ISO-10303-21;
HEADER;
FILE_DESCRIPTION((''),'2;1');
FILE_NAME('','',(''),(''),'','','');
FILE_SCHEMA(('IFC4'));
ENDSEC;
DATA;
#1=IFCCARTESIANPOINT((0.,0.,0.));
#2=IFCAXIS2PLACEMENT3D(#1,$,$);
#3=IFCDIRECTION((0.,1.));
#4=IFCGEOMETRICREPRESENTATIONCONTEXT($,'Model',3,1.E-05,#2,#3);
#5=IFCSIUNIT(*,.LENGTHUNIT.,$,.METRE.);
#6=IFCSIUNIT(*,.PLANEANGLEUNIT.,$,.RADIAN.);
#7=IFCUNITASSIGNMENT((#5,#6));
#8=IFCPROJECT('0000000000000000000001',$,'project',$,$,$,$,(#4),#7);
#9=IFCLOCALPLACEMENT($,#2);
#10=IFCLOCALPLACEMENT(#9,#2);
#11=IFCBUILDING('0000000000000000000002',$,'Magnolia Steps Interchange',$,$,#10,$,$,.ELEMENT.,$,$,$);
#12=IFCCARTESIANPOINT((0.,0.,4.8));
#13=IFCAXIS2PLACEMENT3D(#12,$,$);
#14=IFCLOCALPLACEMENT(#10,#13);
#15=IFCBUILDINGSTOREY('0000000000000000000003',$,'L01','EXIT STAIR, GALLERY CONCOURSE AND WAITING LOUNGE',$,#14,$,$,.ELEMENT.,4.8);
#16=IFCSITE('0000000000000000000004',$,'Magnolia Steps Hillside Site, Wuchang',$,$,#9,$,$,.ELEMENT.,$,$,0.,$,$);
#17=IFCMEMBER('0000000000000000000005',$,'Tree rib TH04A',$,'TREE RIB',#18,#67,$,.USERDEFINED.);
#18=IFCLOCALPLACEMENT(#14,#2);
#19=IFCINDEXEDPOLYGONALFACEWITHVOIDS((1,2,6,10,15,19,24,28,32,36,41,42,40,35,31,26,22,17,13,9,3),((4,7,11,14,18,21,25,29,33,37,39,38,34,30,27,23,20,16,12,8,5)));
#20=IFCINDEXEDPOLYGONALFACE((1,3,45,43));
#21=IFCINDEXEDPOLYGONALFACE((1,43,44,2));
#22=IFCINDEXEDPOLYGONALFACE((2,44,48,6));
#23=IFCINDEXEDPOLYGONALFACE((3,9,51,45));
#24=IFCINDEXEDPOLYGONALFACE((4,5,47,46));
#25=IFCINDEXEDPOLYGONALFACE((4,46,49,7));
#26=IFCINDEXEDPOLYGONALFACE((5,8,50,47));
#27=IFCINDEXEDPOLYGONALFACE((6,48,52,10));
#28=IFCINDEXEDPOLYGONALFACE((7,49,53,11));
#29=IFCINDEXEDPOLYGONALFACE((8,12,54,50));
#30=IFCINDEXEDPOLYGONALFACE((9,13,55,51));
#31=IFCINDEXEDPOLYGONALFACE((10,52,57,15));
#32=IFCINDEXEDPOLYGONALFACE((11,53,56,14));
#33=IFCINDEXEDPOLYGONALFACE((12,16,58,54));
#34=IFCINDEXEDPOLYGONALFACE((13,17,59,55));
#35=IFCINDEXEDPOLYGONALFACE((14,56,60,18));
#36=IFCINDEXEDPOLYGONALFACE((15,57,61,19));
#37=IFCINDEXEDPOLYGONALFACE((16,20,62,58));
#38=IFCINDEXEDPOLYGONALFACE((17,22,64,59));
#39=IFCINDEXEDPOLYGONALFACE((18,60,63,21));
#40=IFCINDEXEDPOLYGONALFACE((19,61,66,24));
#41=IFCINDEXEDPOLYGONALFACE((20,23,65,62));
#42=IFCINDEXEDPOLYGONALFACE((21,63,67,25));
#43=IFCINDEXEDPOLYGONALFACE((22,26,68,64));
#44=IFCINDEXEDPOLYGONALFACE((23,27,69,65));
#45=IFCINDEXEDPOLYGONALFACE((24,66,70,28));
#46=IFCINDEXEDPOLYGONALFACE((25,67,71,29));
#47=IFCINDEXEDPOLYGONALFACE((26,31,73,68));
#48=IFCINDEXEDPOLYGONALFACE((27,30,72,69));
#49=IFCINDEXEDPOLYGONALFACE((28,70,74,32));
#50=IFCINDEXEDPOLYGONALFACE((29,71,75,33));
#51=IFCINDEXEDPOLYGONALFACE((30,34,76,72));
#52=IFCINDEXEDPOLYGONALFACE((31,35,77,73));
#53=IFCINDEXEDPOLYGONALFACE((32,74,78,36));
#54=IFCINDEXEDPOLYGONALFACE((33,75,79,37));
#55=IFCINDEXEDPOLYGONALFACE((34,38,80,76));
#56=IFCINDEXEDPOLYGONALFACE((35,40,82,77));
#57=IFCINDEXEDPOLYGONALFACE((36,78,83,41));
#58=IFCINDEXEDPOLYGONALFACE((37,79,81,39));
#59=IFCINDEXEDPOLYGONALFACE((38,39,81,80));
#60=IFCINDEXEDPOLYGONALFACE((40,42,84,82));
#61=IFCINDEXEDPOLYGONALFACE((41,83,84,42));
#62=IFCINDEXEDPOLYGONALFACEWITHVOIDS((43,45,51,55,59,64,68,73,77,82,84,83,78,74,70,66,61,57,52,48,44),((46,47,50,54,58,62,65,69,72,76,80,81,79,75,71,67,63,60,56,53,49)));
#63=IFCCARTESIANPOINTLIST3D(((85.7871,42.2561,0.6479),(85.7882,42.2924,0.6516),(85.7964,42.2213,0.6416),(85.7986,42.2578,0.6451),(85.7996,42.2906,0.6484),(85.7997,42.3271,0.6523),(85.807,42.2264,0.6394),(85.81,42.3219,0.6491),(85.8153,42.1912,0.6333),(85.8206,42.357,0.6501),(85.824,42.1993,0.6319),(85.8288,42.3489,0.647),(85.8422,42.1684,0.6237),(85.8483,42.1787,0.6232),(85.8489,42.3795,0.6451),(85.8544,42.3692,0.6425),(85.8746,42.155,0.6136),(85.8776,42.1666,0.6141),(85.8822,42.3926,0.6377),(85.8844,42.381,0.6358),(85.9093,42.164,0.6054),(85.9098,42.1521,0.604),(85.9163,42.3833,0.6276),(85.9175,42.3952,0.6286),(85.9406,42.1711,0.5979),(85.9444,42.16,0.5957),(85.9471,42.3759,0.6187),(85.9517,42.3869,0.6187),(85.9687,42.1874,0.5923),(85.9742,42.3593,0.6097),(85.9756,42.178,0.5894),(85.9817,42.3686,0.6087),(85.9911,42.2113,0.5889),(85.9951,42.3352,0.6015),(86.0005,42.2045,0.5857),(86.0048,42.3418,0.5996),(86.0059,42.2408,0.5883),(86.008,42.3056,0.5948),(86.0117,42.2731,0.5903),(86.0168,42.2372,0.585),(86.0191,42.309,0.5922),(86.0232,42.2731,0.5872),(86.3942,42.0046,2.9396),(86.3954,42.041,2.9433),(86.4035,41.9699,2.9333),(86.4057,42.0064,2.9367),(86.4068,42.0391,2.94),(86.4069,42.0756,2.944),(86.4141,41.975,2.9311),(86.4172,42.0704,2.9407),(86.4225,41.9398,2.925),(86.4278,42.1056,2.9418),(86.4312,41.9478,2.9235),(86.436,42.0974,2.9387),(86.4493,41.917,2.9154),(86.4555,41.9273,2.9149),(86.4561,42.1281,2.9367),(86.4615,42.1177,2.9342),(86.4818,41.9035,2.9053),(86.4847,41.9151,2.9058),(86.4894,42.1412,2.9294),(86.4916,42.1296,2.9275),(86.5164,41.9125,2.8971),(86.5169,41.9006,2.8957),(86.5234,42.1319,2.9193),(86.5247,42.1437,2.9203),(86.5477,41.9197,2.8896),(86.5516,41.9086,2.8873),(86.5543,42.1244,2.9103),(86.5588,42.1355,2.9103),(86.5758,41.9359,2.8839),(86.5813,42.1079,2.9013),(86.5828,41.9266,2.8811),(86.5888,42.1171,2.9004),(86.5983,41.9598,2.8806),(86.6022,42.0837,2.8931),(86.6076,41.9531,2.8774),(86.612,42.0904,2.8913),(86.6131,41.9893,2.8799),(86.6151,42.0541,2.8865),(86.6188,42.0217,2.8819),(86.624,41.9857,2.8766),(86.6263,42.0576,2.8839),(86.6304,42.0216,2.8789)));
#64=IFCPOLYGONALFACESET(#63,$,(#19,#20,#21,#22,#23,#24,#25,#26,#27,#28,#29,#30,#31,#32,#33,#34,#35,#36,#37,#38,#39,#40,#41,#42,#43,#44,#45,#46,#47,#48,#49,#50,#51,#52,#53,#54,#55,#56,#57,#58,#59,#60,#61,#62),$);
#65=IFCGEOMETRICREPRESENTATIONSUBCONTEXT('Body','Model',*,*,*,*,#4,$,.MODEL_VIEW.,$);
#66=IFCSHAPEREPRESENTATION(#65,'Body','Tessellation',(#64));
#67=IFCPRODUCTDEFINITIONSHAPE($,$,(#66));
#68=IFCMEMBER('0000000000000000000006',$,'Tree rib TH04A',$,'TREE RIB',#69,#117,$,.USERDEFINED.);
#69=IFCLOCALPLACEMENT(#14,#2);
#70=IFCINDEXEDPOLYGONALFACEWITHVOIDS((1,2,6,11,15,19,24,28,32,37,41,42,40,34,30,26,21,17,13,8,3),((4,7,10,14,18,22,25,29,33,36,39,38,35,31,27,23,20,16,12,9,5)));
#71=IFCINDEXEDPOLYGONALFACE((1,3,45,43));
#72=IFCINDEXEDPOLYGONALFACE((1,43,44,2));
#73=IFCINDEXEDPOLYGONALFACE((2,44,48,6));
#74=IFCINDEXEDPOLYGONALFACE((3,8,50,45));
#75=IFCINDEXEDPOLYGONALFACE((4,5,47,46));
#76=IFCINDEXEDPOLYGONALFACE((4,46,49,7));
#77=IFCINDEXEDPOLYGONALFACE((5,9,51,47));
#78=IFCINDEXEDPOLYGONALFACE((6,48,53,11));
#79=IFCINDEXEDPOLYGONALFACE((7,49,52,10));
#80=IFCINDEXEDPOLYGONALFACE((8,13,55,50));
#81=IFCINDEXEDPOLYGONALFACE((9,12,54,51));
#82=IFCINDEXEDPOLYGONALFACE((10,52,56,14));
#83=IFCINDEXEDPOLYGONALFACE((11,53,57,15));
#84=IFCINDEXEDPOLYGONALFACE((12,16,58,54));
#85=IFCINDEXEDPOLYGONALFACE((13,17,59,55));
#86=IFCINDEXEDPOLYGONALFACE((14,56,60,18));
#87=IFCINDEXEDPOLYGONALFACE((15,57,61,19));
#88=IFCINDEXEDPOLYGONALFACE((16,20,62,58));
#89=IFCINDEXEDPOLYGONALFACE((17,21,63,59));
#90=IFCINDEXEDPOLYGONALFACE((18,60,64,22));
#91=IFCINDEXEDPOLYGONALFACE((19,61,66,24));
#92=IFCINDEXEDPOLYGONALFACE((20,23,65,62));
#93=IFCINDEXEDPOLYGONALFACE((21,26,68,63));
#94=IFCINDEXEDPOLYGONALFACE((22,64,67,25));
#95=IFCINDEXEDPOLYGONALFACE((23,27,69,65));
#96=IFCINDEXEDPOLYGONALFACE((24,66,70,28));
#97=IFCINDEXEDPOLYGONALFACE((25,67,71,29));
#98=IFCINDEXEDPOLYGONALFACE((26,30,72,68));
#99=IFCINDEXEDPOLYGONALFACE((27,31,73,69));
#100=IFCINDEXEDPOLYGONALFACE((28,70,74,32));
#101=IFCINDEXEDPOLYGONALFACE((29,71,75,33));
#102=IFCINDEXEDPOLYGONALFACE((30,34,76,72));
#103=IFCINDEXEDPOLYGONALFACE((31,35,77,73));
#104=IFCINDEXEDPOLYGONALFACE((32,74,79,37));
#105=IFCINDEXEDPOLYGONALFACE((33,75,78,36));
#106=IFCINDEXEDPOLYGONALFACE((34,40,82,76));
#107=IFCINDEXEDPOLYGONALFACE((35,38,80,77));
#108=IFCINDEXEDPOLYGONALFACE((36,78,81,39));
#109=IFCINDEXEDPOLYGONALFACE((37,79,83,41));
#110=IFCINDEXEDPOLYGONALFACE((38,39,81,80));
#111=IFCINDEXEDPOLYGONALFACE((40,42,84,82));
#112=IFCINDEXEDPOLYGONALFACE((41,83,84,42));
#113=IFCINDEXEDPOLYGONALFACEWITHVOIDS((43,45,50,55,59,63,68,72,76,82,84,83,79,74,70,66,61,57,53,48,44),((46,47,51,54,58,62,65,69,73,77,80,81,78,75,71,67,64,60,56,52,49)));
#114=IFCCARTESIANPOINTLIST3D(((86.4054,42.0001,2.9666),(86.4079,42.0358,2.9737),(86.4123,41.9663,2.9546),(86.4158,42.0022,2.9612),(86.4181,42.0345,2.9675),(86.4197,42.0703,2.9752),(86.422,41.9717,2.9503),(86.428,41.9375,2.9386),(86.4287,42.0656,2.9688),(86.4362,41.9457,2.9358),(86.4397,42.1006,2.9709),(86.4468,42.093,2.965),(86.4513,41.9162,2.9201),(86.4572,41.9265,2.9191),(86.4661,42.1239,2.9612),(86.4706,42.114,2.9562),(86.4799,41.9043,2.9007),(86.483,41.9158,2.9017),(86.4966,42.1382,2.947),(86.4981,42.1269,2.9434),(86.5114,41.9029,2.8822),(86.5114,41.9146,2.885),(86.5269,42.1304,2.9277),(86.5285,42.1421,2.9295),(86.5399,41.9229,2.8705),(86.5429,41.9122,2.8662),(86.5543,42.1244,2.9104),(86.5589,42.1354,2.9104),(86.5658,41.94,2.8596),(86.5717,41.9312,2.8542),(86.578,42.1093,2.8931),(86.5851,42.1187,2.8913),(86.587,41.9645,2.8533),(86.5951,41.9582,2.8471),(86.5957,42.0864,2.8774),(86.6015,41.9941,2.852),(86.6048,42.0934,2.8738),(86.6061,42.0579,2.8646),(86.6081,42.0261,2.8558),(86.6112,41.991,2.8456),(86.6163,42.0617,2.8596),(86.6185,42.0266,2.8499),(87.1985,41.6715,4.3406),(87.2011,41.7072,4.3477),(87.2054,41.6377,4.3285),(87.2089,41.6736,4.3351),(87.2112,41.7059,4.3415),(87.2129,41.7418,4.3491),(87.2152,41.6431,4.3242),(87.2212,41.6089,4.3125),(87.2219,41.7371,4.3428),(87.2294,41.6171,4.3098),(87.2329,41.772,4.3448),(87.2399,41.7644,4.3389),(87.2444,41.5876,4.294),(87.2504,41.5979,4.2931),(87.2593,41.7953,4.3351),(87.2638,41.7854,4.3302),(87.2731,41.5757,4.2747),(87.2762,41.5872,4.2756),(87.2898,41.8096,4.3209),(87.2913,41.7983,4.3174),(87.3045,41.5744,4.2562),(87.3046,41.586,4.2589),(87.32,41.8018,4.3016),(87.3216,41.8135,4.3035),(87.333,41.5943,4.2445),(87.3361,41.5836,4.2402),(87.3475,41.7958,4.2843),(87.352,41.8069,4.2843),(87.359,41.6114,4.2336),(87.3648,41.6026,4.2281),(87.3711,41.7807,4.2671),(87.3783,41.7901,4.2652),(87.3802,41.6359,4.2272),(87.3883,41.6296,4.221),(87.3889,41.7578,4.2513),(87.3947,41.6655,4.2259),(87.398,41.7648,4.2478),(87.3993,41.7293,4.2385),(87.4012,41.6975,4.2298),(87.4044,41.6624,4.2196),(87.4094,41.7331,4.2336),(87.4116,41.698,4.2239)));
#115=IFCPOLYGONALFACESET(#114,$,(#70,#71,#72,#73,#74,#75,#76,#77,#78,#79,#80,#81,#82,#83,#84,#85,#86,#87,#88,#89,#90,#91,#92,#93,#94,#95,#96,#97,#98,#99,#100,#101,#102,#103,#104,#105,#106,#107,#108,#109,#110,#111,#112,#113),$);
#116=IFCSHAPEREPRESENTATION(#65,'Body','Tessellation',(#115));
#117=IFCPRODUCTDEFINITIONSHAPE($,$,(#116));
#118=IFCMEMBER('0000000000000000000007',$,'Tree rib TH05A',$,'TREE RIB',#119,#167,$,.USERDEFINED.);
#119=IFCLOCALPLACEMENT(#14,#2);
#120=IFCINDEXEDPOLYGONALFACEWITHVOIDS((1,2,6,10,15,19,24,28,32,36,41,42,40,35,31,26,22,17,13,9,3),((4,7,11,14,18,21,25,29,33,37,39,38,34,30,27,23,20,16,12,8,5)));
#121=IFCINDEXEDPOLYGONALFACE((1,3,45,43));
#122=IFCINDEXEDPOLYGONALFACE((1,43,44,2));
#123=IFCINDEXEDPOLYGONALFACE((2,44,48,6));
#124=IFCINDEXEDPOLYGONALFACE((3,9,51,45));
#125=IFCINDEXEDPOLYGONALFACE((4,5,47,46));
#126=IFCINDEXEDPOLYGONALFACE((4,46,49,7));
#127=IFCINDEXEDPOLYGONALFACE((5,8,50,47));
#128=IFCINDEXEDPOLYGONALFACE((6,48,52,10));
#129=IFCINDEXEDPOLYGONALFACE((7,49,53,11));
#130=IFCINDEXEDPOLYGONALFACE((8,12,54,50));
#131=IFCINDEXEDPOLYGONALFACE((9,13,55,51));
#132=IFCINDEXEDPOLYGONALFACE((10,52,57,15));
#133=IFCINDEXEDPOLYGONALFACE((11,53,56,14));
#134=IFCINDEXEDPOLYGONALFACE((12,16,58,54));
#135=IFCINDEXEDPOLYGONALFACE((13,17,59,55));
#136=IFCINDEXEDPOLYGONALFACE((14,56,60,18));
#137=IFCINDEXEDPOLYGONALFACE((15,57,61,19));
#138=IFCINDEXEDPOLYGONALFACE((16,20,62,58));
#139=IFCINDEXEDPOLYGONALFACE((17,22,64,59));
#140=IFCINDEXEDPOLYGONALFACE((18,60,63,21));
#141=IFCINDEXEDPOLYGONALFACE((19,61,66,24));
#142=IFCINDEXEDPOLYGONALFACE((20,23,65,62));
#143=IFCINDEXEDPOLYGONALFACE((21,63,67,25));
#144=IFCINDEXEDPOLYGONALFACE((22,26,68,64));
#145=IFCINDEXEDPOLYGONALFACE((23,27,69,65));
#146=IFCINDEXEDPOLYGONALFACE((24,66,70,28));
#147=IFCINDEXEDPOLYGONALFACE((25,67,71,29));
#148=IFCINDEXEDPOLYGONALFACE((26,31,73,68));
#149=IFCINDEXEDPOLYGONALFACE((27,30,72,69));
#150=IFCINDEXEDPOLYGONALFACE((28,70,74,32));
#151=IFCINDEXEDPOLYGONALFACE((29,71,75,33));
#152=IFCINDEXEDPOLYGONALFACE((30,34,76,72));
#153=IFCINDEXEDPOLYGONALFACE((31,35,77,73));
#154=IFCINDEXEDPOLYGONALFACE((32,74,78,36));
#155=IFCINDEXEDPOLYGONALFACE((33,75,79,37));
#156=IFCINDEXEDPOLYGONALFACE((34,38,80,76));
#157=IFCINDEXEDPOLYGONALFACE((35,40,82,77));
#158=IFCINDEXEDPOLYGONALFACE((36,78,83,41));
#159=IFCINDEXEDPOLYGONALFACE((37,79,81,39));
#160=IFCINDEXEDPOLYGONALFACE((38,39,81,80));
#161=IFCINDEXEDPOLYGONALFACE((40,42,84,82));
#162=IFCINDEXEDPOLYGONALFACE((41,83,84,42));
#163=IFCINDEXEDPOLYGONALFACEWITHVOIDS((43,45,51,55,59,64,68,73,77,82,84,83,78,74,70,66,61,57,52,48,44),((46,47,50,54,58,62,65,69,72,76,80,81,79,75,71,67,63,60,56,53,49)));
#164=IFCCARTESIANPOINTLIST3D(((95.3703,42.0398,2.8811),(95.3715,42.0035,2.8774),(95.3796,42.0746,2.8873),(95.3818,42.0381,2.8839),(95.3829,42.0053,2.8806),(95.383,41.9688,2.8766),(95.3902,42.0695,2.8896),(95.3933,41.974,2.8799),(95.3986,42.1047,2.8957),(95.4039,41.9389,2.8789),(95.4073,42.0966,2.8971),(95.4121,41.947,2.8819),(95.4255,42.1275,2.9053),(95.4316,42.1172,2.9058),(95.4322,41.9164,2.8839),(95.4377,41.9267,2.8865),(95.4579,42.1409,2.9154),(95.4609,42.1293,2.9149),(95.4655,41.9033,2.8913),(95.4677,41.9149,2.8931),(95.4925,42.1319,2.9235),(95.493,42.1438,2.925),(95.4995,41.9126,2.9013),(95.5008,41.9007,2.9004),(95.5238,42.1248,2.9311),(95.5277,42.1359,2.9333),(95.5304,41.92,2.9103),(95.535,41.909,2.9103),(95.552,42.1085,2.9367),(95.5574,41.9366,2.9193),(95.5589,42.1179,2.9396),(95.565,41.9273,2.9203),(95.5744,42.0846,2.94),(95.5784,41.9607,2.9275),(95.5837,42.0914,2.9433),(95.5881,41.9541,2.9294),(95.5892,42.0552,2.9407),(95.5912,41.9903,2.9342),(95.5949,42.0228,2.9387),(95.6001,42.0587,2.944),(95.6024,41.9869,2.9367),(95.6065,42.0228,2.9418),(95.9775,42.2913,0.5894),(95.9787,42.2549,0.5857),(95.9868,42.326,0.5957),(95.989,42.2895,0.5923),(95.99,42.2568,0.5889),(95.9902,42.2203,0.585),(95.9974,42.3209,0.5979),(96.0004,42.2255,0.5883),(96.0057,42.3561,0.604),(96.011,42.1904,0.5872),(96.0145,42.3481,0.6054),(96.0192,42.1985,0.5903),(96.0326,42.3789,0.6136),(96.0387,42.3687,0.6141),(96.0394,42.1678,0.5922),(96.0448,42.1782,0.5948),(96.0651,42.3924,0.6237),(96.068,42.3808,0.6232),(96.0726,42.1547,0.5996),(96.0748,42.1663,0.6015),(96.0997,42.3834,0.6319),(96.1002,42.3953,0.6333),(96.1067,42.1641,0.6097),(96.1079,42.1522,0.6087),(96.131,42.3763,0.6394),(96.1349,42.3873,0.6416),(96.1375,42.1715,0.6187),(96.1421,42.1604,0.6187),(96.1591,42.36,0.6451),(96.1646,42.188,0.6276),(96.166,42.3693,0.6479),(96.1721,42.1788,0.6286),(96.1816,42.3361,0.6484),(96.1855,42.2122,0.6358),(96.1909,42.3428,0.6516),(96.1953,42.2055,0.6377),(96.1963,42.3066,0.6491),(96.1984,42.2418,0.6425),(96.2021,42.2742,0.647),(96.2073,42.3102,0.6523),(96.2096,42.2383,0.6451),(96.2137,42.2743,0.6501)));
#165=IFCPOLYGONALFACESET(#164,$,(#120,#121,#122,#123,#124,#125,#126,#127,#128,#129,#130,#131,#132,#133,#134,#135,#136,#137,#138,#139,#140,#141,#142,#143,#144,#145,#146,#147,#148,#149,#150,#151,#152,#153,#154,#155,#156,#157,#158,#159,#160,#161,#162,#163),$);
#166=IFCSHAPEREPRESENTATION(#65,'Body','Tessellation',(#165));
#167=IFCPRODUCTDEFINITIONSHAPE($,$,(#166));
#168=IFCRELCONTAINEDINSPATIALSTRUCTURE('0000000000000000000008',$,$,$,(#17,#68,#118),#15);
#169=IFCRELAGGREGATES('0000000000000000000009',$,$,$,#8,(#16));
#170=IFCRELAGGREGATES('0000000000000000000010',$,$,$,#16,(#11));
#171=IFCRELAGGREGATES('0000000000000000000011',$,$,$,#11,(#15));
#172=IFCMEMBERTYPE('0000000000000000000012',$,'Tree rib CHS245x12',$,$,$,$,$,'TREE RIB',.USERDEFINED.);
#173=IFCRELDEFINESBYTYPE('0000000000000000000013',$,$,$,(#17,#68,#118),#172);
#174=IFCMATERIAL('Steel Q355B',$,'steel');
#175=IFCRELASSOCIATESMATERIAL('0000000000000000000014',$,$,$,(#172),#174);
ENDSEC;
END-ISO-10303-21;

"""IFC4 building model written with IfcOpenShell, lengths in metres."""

from ifc_helpers import new_model, si_unit, direction, frame, origin, origin_2d, place, context, subcontext, project, spatial, hollow_circle, extrude, material, material_profile, profile_set, type_object, element, save


model = new_model("IFC4")

# Units and contexts
model_context = context("Model", 3, precision=1e-05, world=origin(), true_north=direction((0.0, 1.0)))
body_context = subcontext(model_context, "Body", "Model", "MODEL_VIEW")
ifc_project = project(units=[si_unit("LENGTHUNIT", "METRE"), si_unit("PLANEANGLEUNIT", "RADIAN")], contexts=[model_context])

# Site, building, storey
site_placement = place(None, origin())
site = spatial("IfcSite", under=ifc_project, at=site_placement, Name="Magnolia Steps Hillside Site, Wuchang", CompositionType="ELEMENT", RefElevation=0.0)
building_placement = place(site_placement, origin())
building = spatial("IfcBuilding", under=site, at=building_placement, Name="Magnolia Steps Interchange", CompositionType="ELEMENT")
storey_placement = place(building_placement, frame((0.0, 0.0, 4.8)))
storey = spatial("IfcBuildingStorey", under=building, at=storey_placement, Name="L01", Description="EXIT STAIR, GALLERY CONCOURSE AND WAITING LOUNGE", CompositionType="ELEMENT", Elevation=4.8)

# Members
ifc_material_1 = material(Name="Steel Q355B", Category="steel")
ifc_material_profile_1 = material_profile(ifc_material_1, hollow_circle(Radius=0.1226, WallThickness=0.012, at=origin_2d()), Name="CHS245x12")
ifc_profile_set_1 = profile_set([ifc_material_profile_1], Name="Steel Q355B")
member_type_1 = type_object("IfcMemberType", Name="Tree rib CHS245x12", ElementType="TREE RIB", PredefinedType="USERDEFINED", material=ifc_profile_set_1)
member_1_placement = place(storey_placement, frame((85.9048, 42.2737, 0.6187), z_axis=(0.254676, -0.105475, 0.961257), x_axis=(0.382636, 0.923899, 0.0)))
element("IfcMember", 1, at=member_1_placement, inside=storey, type_object=member_type_1, Name="Tree rib TH04A", ObjectType="TREE RIB", PredefinedType="USERDEFINED", context=body_context, shape_type="SweptSolid", body=[
    extrude(hollow_circle(Radius=0.1226, WallThickness=0.012, at=origin_2d()), origin(), (0.0, 0.0, 1.0), 2.384),
])
member_2_placement = place(storey_placement, frame((86.512, 42.0222, 2.9104), z_axis=(0.489571, -0.20282, 0.848047), x_axis=(0.382737, 0.923857, 0.0)))
element("IfcMember", 2, at=member_2_placement, inside=storey, type_object=member_type_1, Name="Tree rib TH04A", ObjectType="TREE RIB", PredefinedType="USERDEFINED", context=body_context, shape_type="SweptSolid", body=[
    extrude(hollow_circle(Radius=0.1226, WallThickness=0.012, at=origin_2d()), origin(), (0.0, 0.0, 1.0), 1.6201),
])
member_3_placement = place(storey_placement, frame((96.0952, 42.2737, 0.6187), z_axis=(-0.254676, -0.105475, 0.961257), x_axis=(0.382636, -0.923899, 0.0)))
element("IfcMember", 3, at=member_3_placement, inside=storey, type_object=member_type_1, Name="Tree rib TH05A", ObjectType="TREE RIB", PredefinedType="USERDEFINED", context=body_context, shape_type="SweptSolid", body=[
    extrude(hollow_circle(Radius=0.1226, WallThickness=0.012, at=origin_2d()), origin(), (0.0, 0.0, 1.0), 2.384),
])

save(model, "model.ifc")
